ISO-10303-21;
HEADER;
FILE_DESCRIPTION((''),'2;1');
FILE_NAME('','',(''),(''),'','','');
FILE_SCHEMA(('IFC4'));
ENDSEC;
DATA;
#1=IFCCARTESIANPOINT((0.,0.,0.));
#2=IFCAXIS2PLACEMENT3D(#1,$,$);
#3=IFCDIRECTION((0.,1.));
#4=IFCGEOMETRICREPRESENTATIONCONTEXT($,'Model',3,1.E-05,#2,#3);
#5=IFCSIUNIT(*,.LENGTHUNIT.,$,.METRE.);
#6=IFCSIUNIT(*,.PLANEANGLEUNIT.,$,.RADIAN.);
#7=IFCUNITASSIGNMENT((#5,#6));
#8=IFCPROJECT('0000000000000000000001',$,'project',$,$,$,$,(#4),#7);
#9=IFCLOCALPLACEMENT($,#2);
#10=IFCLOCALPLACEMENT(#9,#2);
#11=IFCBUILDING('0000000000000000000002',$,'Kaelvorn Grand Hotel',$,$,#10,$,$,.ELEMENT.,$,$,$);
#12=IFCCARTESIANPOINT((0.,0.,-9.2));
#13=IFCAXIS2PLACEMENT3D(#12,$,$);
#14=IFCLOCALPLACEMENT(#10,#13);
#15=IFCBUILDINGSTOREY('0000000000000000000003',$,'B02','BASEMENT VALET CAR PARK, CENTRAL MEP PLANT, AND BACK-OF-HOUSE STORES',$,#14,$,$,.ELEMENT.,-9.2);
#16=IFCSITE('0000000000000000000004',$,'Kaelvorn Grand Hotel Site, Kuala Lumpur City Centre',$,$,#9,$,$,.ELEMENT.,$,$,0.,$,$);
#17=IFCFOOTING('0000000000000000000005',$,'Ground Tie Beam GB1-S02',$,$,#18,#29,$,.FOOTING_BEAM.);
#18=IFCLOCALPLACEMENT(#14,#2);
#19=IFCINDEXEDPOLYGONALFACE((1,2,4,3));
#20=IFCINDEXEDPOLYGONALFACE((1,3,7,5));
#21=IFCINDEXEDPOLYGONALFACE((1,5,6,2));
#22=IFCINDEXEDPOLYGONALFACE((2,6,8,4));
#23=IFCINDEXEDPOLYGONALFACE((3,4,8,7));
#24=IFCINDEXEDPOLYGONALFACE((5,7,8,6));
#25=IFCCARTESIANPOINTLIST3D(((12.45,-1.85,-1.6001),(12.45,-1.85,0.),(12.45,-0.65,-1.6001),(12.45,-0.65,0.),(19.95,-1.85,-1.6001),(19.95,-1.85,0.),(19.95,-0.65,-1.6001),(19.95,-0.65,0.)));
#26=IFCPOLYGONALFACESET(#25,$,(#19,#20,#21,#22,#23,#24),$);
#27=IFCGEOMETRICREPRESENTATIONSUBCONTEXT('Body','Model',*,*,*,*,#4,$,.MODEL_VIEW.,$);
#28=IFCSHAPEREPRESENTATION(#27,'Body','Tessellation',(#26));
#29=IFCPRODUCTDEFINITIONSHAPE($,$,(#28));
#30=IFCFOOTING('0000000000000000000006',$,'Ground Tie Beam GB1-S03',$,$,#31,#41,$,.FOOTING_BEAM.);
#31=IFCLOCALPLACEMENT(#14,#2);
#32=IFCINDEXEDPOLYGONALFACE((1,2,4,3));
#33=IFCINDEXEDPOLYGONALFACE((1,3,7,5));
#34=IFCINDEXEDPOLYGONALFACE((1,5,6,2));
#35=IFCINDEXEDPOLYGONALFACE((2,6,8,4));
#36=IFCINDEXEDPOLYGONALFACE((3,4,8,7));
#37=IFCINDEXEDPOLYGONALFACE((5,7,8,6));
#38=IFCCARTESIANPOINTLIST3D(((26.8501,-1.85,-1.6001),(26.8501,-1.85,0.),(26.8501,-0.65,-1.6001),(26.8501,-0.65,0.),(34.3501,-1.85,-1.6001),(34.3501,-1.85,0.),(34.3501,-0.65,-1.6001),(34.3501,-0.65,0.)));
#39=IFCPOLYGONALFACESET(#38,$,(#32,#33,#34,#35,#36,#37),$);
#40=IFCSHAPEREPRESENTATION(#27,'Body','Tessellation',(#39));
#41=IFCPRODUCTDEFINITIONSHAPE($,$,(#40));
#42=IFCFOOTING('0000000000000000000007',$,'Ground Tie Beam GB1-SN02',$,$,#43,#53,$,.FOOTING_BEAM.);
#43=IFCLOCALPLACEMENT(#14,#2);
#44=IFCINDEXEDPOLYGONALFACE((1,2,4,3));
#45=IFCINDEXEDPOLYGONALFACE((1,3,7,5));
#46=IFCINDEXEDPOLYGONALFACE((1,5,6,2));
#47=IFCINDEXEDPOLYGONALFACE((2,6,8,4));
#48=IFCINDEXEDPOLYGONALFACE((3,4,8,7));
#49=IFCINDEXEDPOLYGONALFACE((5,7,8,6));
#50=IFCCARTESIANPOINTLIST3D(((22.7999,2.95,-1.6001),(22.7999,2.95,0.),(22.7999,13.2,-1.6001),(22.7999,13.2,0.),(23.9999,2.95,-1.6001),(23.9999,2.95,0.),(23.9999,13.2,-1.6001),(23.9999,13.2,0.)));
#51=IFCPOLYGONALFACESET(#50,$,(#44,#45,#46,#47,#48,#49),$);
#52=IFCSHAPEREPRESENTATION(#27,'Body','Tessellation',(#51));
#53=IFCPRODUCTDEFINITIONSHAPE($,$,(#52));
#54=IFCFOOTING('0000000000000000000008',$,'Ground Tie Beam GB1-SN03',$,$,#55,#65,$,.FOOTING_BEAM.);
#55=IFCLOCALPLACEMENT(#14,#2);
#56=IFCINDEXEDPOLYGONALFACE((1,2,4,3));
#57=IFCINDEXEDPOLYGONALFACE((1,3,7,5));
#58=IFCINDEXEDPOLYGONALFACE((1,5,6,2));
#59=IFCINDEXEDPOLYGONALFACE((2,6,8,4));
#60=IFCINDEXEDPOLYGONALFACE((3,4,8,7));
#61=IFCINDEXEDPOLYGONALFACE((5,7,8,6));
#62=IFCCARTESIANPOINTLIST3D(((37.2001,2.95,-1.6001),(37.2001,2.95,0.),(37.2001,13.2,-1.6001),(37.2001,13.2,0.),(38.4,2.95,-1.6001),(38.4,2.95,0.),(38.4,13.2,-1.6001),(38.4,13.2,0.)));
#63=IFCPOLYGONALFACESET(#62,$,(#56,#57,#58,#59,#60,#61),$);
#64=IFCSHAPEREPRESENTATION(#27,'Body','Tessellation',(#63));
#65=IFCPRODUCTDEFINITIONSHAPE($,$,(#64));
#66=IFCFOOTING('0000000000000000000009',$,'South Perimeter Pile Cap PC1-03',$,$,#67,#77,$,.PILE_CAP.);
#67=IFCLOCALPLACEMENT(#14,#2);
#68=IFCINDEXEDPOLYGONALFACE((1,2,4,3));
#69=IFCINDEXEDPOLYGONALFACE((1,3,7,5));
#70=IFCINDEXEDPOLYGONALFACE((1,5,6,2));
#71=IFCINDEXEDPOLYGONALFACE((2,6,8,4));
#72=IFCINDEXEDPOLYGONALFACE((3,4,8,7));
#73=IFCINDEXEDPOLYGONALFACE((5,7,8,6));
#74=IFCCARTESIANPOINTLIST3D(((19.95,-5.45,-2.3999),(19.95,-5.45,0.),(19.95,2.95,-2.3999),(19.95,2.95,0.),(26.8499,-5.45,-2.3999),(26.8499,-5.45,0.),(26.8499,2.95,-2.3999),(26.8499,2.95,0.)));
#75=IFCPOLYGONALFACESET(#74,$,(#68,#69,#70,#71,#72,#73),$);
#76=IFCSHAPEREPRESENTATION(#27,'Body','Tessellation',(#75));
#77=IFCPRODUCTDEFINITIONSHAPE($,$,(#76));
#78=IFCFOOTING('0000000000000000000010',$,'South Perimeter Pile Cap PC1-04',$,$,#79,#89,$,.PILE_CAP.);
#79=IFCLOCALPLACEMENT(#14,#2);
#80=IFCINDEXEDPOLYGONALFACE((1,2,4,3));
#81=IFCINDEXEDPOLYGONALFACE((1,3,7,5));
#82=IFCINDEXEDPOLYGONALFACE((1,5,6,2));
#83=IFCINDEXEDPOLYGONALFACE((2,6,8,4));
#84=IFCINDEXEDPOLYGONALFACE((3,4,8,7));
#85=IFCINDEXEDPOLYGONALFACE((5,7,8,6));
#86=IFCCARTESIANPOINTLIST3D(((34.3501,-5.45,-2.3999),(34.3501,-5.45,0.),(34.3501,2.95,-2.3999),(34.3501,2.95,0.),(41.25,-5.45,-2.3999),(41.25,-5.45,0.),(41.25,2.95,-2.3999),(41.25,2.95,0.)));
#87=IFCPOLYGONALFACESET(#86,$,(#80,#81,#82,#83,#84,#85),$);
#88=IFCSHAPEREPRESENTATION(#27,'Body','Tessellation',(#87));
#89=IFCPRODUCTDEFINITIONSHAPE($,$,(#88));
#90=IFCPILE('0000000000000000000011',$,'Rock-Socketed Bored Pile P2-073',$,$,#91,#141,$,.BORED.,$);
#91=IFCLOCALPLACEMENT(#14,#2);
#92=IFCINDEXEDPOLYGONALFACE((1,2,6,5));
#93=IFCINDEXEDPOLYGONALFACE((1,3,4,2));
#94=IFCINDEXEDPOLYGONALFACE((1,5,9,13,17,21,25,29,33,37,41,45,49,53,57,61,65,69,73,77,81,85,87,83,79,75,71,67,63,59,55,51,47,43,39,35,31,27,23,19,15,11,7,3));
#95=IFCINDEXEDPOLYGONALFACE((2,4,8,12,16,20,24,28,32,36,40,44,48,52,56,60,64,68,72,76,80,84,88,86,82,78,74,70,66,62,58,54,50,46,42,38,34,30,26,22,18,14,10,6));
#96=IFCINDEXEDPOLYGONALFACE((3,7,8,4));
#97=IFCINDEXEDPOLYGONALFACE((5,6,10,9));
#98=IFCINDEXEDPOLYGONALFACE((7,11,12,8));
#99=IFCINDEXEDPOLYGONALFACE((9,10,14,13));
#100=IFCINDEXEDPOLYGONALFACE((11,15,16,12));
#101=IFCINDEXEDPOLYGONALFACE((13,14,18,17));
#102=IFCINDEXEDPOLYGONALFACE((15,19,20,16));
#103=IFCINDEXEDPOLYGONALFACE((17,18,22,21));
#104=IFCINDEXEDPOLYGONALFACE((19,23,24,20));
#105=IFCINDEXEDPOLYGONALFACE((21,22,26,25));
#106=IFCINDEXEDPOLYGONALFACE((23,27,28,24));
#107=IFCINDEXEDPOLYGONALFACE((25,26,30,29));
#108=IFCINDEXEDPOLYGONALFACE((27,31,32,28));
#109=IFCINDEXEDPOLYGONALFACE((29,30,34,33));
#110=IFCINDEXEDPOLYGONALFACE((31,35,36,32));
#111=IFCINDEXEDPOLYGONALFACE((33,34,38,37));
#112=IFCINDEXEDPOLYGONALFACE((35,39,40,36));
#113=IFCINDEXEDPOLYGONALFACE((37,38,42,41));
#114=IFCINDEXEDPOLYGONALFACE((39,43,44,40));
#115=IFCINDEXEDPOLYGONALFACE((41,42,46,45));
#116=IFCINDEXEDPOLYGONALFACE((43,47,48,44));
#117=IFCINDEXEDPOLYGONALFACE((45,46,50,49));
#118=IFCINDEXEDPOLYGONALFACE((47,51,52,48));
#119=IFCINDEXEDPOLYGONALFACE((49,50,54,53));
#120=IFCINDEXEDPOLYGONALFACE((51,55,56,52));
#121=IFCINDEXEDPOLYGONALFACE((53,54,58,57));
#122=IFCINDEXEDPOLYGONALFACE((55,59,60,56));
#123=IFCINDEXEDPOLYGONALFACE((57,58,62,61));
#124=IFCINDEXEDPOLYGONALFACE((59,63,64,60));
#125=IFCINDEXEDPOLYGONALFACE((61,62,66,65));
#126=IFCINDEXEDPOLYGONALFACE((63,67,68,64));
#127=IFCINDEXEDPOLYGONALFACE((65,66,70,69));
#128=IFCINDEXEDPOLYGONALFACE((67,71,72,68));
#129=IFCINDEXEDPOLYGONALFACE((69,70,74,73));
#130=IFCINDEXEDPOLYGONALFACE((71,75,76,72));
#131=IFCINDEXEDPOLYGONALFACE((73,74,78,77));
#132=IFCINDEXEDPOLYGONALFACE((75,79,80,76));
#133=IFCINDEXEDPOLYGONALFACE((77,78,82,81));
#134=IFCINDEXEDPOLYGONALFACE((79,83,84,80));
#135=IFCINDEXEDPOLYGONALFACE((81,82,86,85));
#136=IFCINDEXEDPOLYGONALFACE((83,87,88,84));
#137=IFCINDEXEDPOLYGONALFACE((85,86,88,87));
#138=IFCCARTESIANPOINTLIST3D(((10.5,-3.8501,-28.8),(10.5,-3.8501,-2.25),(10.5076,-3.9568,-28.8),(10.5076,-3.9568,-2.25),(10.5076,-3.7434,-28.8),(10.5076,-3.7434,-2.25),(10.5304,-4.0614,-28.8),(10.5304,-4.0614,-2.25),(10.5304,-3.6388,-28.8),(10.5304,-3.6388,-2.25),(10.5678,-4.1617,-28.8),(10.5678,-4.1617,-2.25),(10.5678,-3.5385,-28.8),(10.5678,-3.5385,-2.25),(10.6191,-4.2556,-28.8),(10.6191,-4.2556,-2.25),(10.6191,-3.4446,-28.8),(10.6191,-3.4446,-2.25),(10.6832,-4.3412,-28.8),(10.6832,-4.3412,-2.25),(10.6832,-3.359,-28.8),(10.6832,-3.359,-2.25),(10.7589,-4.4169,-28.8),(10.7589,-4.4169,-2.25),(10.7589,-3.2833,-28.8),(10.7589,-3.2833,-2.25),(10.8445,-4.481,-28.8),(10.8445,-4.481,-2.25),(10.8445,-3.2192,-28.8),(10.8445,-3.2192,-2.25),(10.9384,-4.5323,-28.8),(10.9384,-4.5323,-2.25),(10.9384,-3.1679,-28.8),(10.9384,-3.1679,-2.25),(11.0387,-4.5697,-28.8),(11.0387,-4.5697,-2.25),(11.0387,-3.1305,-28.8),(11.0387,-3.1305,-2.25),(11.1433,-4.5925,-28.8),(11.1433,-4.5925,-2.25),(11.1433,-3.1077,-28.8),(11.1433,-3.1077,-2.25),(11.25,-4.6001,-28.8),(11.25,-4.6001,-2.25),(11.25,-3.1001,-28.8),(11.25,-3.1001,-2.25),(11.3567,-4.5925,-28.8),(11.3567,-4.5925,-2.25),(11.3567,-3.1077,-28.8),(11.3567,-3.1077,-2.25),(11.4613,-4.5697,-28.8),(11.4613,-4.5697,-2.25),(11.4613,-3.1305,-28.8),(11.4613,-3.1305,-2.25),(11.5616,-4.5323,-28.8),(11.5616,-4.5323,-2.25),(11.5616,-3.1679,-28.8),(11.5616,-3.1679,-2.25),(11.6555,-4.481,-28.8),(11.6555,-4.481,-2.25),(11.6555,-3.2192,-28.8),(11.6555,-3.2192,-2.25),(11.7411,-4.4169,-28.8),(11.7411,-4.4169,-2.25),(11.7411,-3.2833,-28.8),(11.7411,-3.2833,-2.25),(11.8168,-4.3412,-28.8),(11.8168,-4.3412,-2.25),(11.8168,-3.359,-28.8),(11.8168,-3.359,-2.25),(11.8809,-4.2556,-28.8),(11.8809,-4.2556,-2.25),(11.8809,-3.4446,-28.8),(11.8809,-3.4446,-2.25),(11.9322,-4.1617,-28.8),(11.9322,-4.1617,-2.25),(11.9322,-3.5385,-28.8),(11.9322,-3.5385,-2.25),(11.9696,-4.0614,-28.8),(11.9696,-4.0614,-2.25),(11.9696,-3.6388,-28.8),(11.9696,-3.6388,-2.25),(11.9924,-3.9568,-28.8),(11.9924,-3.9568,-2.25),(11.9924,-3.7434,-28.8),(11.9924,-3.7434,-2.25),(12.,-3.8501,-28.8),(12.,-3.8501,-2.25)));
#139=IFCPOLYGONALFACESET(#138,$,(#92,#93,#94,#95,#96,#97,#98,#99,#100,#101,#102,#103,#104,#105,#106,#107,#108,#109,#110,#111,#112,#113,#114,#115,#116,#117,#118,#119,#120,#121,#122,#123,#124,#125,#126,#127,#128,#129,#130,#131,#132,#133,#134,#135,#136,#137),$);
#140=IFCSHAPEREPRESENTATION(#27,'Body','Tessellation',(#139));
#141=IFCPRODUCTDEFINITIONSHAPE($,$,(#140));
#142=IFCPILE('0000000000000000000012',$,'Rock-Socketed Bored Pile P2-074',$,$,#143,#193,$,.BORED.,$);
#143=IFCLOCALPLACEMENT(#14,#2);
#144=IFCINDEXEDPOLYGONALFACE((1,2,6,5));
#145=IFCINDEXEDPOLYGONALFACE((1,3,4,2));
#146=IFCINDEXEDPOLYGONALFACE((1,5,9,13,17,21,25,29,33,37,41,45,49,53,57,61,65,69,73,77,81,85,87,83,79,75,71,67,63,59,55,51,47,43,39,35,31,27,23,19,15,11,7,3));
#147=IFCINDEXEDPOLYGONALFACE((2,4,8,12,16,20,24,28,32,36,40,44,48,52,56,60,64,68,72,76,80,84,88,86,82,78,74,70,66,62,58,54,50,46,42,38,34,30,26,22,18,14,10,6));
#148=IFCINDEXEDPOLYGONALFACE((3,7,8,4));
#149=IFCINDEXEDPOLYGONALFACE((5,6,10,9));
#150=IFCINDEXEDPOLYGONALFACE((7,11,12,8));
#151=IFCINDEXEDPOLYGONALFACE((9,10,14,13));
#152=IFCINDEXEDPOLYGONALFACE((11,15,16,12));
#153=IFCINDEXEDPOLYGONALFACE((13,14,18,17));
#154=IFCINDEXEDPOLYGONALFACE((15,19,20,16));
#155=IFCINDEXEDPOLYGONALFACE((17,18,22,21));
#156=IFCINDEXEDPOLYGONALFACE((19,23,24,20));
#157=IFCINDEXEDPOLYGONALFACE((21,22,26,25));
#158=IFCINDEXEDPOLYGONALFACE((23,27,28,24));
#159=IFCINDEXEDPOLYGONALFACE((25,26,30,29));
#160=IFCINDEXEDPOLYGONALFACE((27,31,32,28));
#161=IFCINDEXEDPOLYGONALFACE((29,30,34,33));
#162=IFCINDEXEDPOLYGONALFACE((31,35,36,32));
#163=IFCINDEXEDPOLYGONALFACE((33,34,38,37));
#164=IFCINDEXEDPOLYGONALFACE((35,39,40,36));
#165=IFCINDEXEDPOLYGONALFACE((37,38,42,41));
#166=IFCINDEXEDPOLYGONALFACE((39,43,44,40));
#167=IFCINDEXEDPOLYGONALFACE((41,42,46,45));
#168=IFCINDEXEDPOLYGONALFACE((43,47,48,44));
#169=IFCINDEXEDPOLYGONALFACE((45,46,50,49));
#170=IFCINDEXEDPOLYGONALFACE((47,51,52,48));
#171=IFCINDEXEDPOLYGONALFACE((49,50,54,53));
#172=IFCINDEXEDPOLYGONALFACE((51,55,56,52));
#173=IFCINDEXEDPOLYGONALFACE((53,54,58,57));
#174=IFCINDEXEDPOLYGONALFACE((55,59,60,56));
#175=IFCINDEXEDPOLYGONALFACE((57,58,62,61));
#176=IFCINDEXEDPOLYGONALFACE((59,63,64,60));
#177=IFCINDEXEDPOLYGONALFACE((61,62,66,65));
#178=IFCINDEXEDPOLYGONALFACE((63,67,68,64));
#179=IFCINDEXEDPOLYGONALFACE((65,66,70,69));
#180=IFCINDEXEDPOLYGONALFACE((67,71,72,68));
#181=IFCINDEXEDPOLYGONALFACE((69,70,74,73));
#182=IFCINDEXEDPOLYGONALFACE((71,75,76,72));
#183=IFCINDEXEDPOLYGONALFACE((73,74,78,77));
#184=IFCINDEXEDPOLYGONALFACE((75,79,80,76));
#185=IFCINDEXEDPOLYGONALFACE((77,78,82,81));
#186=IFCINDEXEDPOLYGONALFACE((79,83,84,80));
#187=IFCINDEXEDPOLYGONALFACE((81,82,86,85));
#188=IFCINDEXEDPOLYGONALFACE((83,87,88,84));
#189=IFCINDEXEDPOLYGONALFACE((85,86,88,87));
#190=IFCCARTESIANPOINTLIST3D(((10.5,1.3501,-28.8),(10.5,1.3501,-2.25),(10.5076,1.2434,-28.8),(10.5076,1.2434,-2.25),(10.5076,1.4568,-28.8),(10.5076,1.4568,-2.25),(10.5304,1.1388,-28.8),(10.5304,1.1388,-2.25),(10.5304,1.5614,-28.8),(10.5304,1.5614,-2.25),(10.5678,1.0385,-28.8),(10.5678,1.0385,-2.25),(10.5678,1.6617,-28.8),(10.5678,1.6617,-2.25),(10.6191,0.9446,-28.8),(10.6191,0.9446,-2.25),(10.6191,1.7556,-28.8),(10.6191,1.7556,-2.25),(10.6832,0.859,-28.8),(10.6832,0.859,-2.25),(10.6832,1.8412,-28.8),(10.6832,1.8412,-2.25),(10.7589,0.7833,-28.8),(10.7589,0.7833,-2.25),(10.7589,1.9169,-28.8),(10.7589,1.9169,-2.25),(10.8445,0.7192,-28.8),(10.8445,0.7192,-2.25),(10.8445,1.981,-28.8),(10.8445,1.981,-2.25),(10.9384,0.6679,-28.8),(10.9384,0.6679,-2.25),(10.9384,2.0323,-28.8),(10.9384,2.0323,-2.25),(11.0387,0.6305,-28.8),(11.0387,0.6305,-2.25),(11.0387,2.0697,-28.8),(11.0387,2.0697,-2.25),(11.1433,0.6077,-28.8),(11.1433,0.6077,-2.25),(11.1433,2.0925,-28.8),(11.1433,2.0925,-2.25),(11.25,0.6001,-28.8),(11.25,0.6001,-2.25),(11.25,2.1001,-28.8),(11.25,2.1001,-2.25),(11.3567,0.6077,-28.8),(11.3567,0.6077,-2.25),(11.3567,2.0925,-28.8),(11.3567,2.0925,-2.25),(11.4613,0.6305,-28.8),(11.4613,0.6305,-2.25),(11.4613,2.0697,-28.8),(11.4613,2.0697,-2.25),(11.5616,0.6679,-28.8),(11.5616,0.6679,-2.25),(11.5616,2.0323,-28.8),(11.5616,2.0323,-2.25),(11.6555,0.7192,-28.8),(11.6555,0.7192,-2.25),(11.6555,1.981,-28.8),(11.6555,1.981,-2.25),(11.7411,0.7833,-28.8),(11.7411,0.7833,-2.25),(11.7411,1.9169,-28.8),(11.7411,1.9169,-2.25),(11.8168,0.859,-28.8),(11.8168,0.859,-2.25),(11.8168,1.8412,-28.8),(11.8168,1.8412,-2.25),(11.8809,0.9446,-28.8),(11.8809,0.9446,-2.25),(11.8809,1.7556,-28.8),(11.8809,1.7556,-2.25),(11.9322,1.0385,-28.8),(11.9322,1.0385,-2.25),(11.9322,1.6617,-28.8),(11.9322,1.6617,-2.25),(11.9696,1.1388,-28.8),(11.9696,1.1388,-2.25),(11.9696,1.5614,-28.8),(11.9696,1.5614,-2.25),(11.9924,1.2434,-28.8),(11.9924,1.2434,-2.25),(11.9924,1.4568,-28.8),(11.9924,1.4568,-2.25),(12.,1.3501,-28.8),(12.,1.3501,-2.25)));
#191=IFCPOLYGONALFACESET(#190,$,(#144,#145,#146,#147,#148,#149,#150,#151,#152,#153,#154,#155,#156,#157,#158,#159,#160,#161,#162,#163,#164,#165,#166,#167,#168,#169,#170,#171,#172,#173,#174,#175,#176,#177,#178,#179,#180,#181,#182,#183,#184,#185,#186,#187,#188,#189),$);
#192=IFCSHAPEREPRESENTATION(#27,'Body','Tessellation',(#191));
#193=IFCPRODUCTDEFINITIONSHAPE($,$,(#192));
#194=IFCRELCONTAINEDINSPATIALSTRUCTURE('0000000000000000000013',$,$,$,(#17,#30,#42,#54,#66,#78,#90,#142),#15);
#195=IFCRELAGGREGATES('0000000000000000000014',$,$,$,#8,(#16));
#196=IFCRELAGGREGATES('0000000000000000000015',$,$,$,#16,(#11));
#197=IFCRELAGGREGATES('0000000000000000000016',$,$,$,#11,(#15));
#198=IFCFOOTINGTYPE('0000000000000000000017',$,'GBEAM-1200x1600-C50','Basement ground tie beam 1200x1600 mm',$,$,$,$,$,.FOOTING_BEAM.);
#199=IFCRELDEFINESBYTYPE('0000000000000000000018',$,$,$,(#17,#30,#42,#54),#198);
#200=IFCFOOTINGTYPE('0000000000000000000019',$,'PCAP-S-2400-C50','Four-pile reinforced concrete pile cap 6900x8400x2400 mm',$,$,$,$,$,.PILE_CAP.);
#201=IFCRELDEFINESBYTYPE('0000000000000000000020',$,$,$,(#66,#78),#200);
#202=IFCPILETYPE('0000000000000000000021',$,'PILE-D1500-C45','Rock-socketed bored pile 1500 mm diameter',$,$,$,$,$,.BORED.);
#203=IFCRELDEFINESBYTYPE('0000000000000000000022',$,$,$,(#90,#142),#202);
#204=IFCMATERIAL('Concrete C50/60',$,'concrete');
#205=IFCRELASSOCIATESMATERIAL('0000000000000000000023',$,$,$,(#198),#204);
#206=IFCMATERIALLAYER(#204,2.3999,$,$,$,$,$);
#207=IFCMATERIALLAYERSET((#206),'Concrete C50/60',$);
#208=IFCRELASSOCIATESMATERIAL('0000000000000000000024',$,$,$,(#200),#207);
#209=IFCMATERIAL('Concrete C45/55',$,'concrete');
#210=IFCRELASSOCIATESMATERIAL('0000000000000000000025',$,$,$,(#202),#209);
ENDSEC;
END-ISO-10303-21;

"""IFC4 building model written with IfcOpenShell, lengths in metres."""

from ifc_helpers import new_model, si_unit, direction, frame, origin, origin_2d, place, context, subcontext, project, spatial, rectangle, circle, extrude, material, layer, layer_set, material_profile, profile_set, type_object, element, save


model = new_model("IFC4")

# Units and contexts
model_context = context("Model", 3, precision=1e-05, world=origin(), true_north=direction((0.0, 1.0)))
body_context = subcontext(model_context, "Body", "Model", "MODEL_VIEW")
ifc_project = project(units=[si_unit("LENGTHUNIT", "METRE"), si_unit("PLANEANGLEUNIT", "RADIAN")], contexts=[model_context])

# Site, building, storey
site_placement = place(None, origin())
site = spatial("IfcSite", under=ifc_project, at=site_placement, Name="Kaelvorn Grand Hotel Site, Kuala Lumpur City Centre", CompositionType="ELEMENT", RefElevation=0.0)
building_placement = place(site_placement, origin())
building = spatial("IfcBuilding", under=site, at=building_placement, Name="Kaelvorn Grand Hotel", CompositionType="ELEMENT")
storey_placement = place(building_placement, frame((0.0, 0.0, -9.2)))
storey = spatial("IfcBuildingStorey", under=building, at=storey_placement, Name="B02", Description="BASEMENT VALET CAR PARK, CENTRAL MEP PLANT, AND BACK-OF-HOUSE STORES", CompositionType="ELEMENT", Elevation=-9.2)

# Footings
ifc_material_1 = material(Name="Concrete C50/60", Category="concrete")
ifc_material_profile_1 = material_profile(ifc_material_1, rectangle(XDim=1.2, YDim=1.6001, at=origin_2d()), Name="GB 1200x1600")
ifc_profile_set_1 = profile_set([ifc_material_profile_1], Name="Concrete C50/60")
footing_type_1 = type_object("IfcFootingType", Name="GBEAM-1200x1600-C50", Description="Basement ground tie beam 1200x1600 mm", PredefinedType="FOOTING_BEAM", material=ifc_profile_set_1)
for number, where, z_axis, x_axis, name in (
    (1, (12.45, -1.25, -0.8), (1.0, 0.0, 0.0), (0.0, 1.0, 0.0), "Ground Tie Beam GB1-S02"),
    (2, (26.8501, -1.25, -0.8), (1.0, 0.0, 0.0), (0.0, 1.0, 0.0), "Ground Tie Beam GB1-S03"),
):
    element("IfcFooting", number, at=place(storey_placement, frame(where, z_axis=z_axis, x_axis=x_axis)), inside=storey, type_object=footing_type_1, Name=name, PredefinedType="FOOTING_BEAM", context=body_context, shape_type="SweptSolid", body=[
        extrude(rectangle(XDim=1.2, YDim=1.6001, at=origin_2d()), origin(), (0.0, 0.0, 1.0), 7.5),
    ])
for number, where, z_axis, x_axis, name in (
    (3, (23.3999, 2.95, -0.8), (0.0, 1.0, 0.0), (-1.0, 0.0, 0.0), "Ground Tie Beam GB1-SN02"),
    (4, (37.8, 2.95, -0.8), (0.0, 1.0, 0.0), (-1.0, 0.0, 0.0), "Ground Tie Beam GB1-SN03"),
):
    element("IfcFooting", number, at=place(storey_placement, frame(where, z_axis=z_axis, x_axis=x_axis)), inside=storey, type_object=footing_type_1, Name=name, PredefinedType="FOOTING_BEAM", context=body_context, shape_type="SweptSolid", body=[
        extrude(rectangle(XDim=1.2, YDim=1.6001, at=origin_2d()), origin(), (0.0, 0.0, 1.0), 10.25),
    ])
ifc_layer_1 = layer(ifc_material_1, 2.3999)
ifc_layer_set_1 = layer_set([ifc_layer_1], Name="Concrete C50/60")
footing_type_2 = type_object("IfcFootingType", Name="PCAP-S-2400-C50", Description="Four-pile reinforced concrete pile cap 6900x8400x2400 mm", PredefinedType="PILE_CAP", material=ifc_layer_set_1)
for number, where, z_axis, x_axis, name in (
    (5, (23.3999, -1.25, -2.3999), (0.0, 0.0, 1.0), (1.0, 0.0, 0.0), "South Perimeter Pile Cap PC1-03"),
    (6, (37.8, -1.25, -2.3999), (0.0, 0.0, 1.0), (1.0, 0.0, 0.0), "South Perimeter Pile Cap PC1-04"),
):
    element("IfcFooting", number, at=place(storey_placement, frame(where, z_axis=z_axis, x_axis=x_axis)), inside=storey, type_object=footing_type_2, Name=name, PredefinedType="PILE_CAP", context=body_context, shape_type="SweptSolid", body=[
        extrude(rectangle(XDim=6.8999, YDim=8.3999, at=origin_2d()), origin(), (0.0, 0.0, 1.0), 2.3999),
    ])

# Piles
ifc_material_2 = material(Name="Concrete C45/55", Category="concrete")
ifc_material_profile_2 = material_profile(ifc_material_2, circle(Radius=0.75, at=origin_2d()), Name="BORED PILE D1500")
ifc_profile_set_2 = profile_set([ifc_material_profile_2], Name="Concrete C45/55")
pile_type = type_object("IfcPileType", Name="PILE-D1500-C45", Description="Rock-socketed bored pile 1500 mm diameter", PredefinedType="BORED", material=ifc_profile_set_2)
for number, where, z_axis, x_axis, name in (
    (7, (11.25, -3.8501, -2.25), (0.0, 0.0, -1.0), (1.0, 0.0, 0.0), "Rock-Socketed Bored Pile P2-073"),
    (8, (11.25, 1.3501, -2.25), (0.0, 0.0, -1.0), (1.0, 0.0, 0.0), "Rock-Socketed Bored Pile P2-074"),
):
    element("IfcPile", number, at=place(storey_placement, frame(where, z_axis=z_axis, x_axis=x_axis)), inside=storey, type_object=pile_type, Name=name, PredefinedType="BORED", context=body_context, shape_type="SweptSolid", body=[
        extrude(circle(Radius=0.75, at=origin_2d()), origin(), (0.0, 0.0, 1.0), 26.55),
    ])

save(model, "model.ifc")
